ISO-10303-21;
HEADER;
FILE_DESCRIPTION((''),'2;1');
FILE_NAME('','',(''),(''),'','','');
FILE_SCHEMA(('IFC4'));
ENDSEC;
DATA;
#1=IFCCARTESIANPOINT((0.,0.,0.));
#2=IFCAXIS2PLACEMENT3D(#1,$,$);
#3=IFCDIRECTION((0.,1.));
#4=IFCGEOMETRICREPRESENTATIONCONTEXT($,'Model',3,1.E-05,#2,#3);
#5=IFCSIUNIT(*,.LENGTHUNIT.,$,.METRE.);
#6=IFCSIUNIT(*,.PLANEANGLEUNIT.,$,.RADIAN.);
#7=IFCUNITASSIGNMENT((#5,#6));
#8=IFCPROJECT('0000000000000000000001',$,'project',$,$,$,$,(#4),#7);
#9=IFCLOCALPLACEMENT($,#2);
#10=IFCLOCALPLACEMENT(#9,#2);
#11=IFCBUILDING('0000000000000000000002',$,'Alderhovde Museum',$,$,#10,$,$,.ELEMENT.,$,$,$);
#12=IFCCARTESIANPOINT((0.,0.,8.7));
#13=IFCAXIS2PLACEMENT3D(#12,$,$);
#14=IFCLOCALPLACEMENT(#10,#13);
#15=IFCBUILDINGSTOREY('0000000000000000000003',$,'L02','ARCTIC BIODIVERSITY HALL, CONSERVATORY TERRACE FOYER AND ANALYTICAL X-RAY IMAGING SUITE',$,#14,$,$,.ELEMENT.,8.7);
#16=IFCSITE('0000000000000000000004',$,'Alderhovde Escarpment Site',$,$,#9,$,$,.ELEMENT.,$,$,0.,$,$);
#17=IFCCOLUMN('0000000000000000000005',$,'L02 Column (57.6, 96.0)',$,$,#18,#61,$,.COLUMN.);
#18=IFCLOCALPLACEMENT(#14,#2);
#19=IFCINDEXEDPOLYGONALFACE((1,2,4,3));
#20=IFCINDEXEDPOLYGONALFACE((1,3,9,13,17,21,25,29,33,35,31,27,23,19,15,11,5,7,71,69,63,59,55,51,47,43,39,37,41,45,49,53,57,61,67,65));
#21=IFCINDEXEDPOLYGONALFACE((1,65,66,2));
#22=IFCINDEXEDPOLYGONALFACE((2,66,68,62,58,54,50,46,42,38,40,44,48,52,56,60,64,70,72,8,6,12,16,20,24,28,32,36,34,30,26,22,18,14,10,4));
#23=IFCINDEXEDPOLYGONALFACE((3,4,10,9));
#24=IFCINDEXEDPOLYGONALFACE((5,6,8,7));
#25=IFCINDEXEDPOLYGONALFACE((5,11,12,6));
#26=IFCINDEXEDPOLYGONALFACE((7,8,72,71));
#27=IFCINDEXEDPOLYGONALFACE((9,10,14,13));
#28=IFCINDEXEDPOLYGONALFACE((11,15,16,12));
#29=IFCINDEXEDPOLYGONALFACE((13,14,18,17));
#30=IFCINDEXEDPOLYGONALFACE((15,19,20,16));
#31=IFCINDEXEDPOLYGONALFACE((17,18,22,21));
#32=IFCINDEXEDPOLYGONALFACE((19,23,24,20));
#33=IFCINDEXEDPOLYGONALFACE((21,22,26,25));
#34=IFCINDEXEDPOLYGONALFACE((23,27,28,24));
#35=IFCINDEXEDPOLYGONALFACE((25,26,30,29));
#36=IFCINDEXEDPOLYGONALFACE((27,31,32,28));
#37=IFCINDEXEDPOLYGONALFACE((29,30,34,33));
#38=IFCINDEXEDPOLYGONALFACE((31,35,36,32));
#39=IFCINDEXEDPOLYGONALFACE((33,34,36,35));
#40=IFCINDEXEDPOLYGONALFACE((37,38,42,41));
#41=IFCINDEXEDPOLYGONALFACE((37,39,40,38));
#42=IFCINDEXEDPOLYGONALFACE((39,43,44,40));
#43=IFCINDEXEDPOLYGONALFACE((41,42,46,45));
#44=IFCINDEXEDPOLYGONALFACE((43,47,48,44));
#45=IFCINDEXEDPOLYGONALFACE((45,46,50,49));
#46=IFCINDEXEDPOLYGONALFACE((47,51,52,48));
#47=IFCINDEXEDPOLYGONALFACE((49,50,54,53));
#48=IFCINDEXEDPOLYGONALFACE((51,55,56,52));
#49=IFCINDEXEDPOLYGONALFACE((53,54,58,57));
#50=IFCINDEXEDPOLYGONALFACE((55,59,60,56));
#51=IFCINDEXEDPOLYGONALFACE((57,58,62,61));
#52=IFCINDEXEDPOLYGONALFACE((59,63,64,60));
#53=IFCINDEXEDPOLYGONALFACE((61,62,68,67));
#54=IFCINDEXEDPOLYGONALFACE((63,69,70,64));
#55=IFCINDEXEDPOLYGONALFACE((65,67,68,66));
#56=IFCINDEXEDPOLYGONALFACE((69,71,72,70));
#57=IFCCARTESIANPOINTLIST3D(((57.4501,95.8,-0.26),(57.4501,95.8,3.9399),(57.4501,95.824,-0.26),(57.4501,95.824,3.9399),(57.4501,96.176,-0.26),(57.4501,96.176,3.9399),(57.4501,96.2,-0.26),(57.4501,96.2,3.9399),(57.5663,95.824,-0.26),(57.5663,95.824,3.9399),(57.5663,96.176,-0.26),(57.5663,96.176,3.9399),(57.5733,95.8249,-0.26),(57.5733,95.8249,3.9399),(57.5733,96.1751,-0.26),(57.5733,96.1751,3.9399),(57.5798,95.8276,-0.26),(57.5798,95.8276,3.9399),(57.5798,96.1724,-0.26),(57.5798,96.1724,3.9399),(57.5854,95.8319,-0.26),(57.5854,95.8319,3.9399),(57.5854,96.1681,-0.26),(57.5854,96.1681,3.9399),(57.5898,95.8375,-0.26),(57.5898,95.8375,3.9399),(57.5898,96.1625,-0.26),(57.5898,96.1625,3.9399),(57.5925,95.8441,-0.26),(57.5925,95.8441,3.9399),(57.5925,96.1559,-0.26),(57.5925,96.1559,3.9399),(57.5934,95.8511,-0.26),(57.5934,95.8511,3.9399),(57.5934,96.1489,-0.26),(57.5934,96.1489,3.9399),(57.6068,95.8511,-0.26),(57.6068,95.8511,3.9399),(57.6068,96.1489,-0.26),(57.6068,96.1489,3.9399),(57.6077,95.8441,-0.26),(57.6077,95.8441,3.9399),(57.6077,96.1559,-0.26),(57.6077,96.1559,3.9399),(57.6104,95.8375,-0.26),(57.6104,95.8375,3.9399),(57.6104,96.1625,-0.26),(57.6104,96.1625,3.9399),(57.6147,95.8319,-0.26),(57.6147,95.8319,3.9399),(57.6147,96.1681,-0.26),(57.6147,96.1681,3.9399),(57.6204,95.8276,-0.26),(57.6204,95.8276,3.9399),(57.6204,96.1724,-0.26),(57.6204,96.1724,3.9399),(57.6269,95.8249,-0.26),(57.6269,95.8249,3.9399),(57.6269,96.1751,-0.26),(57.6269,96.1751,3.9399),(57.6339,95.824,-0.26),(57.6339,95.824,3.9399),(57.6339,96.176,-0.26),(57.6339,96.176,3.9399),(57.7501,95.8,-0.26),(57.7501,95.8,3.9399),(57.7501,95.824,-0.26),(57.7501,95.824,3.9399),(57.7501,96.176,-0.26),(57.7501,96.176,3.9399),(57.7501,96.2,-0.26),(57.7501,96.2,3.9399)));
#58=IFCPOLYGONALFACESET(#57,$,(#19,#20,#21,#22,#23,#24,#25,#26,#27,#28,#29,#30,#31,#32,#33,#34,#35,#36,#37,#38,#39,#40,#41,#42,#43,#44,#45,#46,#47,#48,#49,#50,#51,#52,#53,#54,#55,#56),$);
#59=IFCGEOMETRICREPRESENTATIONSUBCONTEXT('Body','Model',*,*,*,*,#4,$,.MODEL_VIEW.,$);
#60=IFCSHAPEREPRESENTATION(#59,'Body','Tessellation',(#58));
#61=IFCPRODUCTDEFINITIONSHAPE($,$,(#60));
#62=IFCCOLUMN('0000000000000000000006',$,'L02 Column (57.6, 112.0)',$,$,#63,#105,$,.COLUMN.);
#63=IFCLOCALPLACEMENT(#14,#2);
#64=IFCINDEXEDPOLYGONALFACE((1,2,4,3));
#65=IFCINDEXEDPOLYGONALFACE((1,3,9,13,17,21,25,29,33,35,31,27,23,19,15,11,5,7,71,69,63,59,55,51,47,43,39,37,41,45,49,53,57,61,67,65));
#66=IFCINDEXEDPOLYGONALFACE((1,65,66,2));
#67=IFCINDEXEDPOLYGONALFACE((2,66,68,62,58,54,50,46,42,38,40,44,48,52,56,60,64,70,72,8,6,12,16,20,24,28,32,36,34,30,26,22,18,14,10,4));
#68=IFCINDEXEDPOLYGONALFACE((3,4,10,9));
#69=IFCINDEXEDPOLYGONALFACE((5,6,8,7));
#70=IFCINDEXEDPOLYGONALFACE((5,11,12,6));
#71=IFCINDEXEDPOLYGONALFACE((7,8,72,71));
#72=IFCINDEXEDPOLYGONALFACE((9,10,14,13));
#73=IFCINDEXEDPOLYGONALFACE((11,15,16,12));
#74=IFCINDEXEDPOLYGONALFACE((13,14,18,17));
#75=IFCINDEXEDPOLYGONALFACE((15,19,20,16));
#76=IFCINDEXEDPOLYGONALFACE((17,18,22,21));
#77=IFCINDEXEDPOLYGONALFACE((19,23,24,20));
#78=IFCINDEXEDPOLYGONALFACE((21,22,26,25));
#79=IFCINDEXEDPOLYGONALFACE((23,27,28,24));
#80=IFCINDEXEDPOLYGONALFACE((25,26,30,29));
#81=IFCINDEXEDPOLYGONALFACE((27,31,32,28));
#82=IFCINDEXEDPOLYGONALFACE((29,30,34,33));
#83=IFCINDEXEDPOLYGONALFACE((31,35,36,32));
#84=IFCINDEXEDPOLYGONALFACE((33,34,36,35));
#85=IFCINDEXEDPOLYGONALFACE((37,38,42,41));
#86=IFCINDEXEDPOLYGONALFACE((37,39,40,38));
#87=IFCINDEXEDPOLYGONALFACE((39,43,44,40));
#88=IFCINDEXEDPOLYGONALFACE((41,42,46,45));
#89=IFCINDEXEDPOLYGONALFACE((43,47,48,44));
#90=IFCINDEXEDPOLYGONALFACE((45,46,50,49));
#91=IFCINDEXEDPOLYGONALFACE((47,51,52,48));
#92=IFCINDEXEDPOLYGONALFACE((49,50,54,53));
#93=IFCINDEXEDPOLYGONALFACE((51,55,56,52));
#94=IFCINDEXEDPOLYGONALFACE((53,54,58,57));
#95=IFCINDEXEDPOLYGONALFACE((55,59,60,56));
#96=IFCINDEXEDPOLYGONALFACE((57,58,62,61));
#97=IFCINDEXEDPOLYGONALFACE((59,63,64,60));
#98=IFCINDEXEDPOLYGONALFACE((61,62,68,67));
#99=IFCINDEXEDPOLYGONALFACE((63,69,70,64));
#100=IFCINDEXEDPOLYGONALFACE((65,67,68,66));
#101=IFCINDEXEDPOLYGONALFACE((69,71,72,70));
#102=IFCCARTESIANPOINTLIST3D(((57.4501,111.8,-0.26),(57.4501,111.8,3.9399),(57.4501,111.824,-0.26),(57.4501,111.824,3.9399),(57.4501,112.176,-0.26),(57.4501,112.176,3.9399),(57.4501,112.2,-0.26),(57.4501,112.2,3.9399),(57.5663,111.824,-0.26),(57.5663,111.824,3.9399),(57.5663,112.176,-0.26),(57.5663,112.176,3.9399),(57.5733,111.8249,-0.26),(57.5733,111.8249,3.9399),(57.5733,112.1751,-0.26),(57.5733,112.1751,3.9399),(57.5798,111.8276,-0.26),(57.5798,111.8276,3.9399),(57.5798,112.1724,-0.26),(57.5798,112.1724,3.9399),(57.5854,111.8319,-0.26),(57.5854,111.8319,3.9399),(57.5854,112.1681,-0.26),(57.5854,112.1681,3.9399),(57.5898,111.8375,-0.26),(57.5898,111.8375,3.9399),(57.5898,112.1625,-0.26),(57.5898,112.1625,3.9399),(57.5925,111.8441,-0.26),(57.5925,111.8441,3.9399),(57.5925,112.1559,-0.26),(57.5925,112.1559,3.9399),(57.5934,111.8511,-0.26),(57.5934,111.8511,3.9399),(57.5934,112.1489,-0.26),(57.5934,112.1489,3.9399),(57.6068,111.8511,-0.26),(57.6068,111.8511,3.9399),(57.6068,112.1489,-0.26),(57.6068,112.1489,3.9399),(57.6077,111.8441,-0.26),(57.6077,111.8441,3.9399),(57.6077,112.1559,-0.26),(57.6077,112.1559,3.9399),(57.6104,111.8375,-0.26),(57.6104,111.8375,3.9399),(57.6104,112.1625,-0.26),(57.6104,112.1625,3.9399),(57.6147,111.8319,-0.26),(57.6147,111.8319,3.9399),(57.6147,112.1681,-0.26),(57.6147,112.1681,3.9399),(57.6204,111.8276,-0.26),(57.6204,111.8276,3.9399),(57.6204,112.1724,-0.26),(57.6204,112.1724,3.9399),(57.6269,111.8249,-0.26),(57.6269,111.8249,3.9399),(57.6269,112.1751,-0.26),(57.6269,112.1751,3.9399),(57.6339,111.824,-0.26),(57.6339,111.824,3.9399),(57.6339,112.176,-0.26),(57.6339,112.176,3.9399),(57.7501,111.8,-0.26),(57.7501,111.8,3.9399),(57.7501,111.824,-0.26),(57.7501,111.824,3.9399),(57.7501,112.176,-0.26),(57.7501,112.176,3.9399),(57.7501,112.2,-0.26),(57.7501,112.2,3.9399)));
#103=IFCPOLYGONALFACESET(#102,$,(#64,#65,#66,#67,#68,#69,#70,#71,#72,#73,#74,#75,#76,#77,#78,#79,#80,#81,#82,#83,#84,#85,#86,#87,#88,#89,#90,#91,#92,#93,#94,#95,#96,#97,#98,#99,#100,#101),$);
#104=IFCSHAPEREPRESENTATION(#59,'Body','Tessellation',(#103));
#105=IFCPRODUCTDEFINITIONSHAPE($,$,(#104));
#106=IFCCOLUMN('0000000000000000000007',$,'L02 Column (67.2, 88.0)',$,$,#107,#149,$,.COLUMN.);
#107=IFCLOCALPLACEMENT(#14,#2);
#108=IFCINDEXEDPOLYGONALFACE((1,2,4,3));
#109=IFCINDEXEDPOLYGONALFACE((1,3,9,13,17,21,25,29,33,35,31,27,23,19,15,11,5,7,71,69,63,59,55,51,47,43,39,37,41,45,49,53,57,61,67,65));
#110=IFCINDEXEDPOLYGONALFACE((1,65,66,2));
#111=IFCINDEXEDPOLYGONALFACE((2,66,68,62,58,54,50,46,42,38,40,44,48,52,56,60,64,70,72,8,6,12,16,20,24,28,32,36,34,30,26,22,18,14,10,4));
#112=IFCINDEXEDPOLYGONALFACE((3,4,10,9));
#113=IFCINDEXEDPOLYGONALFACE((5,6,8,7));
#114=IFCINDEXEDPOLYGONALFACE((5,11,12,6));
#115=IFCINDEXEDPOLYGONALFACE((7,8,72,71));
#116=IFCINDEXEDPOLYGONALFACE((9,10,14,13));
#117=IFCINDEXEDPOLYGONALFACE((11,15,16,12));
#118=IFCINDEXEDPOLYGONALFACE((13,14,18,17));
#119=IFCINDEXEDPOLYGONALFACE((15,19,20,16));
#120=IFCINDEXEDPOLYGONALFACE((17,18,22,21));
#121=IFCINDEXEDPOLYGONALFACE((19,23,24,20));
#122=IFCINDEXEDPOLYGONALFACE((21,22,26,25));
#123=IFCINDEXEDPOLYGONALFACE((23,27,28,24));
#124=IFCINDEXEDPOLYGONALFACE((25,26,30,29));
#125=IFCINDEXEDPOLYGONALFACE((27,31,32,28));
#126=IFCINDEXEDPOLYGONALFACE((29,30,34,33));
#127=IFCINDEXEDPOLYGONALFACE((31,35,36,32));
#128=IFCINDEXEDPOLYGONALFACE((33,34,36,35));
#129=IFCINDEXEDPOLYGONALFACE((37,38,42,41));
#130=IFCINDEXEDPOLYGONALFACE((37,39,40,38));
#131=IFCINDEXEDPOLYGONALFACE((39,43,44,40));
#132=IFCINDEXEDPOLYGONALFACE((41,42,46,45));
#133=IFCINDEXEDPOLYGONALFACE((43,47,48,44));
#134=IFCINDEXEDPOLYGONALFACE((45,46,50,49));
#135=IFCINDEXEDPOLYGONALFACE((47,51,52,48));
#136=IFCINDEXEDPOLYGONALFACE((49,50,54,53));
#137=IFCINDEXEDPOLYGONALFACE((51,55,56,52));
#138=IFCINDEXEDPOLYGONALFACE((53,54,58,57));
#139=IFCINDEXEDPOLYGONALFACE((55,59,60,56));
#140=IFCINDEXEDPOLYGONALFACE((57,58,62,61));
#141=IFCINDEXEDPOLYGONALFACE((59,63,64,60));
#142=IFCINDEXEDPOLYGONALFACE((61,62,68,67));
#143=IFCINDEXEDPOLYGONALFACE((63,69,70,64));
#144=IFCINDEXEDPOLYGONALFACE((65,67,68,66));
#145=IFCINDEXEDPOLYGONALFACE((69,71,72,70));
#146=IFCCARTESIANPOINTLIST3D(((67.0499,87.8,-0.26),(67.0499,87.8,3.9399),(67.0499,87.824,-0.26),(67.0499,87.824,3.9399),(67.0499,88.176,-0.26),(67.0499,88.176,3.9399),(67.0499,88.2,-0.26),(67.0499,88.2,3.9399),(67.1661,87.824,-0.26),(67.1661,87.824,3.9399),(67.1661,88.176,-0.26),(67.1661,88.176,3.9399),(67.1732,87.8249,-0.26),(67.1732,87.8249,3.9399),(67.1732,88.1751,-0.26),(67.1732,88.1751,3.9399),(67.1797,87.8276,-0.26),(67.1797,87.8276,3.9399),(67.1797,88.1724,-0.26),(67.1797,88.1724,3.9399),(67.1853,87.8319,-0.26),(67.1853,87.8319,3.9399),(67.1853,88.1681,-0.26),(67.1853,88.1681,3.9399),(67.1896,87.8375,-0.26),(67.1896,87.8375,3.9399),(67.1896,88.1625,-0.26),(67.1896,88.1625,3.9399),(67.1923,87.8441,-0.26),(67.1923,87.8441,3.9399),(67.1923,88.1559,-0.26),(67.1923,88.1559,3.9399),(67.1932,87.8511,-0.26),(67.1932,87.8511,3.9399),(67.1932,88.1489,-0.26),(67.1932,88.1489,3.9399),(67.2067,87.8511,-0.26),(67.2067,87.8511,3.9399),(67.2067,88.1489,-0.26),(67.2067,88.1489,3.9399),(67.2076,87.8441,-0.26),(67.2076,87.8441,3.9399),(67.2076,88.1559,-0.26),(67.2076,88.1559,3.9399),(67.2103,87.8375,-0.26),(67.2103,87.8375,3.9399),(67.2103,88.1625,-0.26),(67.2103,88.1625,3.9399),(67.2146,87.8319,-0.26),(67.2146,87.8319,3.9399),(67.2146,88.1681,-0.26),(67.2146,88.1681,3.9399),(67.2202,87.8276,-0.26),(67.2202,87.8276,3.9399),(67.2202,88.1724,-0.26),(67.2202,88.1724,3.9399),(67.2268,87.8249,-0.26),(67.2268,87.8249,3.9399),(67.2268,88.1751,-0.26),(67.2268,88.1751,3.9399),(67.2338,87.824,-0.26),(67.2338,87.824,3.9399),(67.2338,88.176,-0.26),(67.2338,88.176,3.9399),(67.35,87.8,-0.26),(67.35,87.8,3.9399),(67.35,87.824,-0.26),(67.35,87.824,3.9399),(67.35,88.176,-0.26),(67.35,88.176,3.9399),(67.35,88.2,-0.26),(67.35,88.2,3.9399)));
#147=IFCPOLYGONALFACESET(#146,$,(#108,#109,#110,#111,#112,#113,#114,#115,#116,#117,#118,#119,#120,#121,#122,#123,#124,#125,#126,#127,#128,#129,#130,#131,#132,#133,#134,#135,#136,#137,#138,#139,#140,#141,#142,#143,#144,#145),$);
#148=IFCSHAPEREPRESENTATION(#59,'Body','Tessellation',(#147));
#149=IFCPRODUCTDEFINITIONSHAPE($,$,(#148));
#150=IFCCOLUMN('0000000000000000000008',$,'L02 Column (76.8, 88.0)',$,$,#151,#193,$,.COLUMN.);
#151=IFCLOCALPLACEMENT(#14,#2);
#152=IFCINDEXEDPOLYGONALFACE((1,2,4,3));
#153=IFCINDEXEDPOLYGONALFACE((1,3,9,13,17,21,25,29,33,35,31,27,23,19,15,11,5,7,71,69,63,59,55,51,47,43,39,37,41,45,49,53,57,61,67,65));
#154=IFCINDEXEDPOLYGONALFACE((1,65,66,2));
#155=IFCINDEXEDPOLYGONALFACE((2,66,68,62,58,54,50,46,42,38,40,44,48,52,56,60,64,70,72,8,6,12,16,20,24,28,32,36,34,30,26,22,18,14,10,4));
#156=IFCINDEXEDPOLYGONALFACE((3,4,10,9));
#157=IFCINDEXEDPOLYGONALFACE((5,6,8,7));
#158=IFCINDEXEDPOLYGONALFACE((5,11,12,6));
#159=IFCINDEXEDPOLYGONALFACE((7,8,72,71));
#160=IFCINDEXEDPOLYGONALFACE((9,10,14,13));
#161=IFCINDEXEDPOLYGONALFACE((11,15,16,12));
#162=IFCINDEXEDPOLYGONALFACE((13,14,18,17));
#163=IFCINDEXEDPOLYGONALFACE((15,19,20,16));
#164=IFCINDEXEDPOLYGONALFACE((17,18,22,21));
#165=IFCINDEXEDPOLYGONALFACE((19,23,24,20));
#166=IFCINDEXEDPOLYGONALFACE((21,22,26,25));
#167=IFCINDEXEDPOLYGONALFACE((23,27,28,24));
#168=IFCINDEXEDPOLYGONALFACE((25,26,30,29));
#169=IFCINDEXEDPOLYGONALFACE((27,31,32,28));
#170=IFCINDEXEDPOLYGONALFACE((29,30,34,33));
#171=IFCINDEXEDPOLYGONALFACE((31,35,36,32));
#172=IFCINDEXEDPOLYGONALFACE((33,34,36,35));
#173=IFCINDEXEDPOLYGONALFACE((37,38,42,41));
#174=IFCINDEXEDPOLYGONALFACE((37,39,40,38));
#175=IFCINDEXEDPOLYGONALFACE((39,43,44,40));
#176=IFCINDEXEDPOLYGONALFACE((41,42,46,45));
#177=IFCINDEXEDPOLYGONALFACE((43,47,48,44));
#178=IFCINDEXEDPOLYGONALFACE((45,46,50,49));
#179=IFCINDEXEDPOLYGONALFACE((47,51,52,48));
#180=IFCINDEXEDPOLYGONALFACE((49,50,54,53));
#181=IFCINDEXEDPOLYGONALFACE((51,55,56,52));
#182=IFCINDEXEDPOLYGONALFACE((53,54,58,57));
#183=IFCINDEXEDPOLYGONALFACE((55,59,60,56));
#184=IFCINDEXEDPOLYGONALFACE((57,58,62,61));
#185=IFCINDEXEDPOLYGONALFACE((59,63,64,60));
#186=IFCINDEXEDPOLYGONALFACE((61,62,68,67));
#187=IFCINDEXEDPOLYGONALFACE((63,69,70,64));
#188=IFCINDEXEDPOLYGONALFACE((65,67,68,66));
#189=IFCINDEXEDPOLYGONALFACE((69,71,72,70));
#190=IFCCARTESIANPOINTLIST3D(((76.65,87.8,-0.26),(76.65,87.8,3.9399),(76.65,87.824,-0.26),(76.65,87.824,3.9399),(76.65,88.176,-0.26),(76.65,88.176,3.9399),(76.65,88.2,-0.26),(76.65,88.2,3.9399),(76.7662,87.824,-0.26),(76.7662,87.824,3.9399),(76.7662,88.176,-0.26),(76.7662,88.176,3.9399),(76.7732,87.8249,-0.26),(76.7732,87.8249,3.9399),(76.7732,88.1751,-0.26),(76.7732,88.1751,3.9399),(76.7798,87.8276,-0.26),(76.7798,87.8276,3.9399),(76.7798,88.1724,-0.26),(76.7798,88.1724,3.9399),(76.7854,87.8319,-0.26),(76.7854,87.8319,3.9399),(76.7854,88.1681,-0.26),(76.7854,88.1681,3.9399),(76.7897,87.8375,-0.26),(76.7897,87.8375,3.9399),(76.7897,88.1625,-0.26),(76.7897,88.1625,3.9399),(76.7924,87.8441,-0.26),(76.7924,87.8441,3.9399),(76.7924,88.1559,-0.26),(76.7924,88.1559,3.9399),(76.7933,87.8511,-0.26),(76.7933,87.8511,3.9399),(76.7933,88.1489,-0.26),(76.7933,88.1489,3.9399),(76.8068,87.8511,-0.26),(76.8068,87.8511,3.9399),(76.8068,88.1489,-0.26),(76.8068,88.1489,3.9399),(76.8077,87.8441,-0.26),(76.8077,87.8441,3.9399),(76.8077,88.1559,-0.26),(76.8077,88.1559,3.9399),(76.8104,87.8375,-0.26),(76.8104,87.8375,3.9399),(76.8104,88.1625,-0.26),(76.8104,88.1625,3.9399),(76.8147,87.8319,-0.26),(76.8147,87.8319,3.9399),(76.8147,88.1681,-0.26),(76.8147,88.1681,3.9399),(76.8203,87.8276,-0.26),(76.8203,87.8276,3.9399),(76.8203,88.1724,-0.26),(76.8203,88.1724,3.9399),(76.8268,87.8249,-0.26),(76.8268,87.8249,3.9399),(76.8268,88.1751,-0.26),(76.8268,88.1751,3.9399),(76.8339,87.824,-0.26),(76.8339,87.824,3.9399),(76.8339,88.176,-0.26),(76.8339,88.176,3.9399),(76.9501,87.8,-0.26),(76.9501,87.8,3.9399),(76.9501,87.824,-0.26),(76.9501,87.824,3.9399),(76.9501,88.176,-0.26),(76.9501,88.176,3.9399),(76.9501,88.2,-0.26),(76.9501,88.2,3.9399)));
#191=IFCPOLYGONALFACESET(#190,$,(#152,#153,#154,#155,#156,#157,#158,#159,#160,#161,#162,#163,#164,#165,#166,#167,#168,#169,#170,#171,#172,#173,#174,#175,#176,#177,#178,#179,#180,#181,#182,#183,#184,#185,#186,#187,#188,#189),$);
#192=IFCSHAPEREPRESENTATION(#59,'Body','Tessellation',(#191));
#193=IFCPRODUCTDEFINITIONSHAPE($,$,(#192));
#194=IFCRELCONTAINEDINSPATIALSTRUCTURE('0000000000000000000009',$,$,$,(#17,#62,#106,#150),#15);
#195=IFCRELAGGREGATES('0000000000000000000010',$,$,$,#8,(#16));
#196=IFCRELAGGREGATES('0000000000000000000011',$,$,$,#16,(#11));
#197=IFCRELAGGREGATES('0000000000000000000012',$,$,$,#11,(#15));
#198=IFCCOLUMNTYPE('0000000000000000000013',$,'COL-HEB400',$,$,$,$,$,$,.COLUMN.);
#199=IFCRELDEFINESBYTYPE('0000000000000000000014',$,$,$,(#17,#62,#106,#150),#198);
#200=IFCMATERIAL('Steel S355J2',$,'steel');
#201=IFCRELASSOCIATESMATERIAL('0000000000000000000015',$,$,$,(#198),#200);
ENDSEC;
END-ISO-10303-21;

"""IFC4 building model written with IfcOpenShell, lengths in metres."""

from ifc_helpers import new_model, si_unit, direction, frame, origin, origin_2d, place, context, subcontext, project, spatial, i_section, extrude, material, material_profile, profile_set, type_object, element, save


model = new_model("IFC4")

# Units and contexts
model_context = context("Model", 3, precision=1e-05, world=origin(), true_north=direction((0.0, 1.0)))
body_context = subcontext(model_context, "Body", "Model", "MODEL_VIEW")
ifc_project = project(units=[si_unit("LENGTHUNIT", "METRE"), si_unit("PLANEANGLEUNIT", "RADIAN")], contexts=[model_context])

# Site, building, storey
site_placement = place(None, origin())
site = spatial("IfcSite", under=ifc_project, at=site_placement, Name="Alderhovde Escarpment Site", CompositionType="ELEMENT", RefElevation=0.0)
building_placement = place(site_placement, origin())
building = spatial("IfcBuilding", under=site, at=building_placement, Name="Alderhovde Museum", CompositionType="ELEMENT")
storey_placement = place(building_placement, frame((0.0, 0.0, 8.7)))
storey = spatial("IfcBuildingStorey", under=building, at=storey_placement, Name="L02", Description="ARCTIC BIODIVERSITY HALL, CONSERVATORY TERRACE FOYER AND ANALYTICAL X-RAY IMAGING SUITE", CompositionType="ELEMENT", Elevation=8.7)

# Columns
ifc_material_1 = material(Name="Steel S355J2", Category="steel")
ifc_material_profile_1 = material_profile(ifc_material_1, i_section(OverallWidth=0.3, OverallDepth=0.3999, WebThickness=0.0134, FlangeThickness=0.0239, FilletRadius=0.0271, at=origin_2d()), Name="HEB 400")
ifc_profile_set_1 = profile_set([ifc_material_profile_1], Name="Steel S355J2")
column_type_1 = type_object("IfcColumnType", Name="COL-HEB400", PredefinedType="COLUMN", material=ifc_profile_set_1)
for number, where, z_axis, x_axis, name in (
    (1, (57.6001, 96.0, -0.26), (0.0, 0.0, 1.0), (1.0, 0.0, 0.0), "L02 Column (57.6, 96.0)"),
    (2, (57.6001, 112.0, -0.26), (0.0, 0.0, 1.0), (1.0, 0.0, 0.0), "L02 Column (57.6, 112.0)"),
    (3, (67.2, 88.0, -0.26), (0.0, 0.0, 1.0), (1.0, 0.0, 0.0), "L02 Column (67.2, 88.0)"),
    (4, (76.8, 88.0, -0.26), (0.0, 0.0, 1.0), (1.0, 0.0, 0.0), "L02 Column (76.8, 88.0)"),
):
    element("IfcColumn", number, at=place(storey_placement, frame(where, z_axis=z_axis, x_axis=x_axis)), inside=storey, type_object=column_type_1, Name=name, PredefinedType="COLUMN", context=body_context, shape_type="SweptSolid", body=[
        extrude(i_section(OverallWidth=0.3, OverallDepth=0.3999, WebThickness=0.0134, FlangeThickness=0.0239, FilletRadius=0.0271, at=origin_2d()), origin(), (0.0, 0.0, 1.0), 4.2),
    ])

save(model, "model.ifc")
